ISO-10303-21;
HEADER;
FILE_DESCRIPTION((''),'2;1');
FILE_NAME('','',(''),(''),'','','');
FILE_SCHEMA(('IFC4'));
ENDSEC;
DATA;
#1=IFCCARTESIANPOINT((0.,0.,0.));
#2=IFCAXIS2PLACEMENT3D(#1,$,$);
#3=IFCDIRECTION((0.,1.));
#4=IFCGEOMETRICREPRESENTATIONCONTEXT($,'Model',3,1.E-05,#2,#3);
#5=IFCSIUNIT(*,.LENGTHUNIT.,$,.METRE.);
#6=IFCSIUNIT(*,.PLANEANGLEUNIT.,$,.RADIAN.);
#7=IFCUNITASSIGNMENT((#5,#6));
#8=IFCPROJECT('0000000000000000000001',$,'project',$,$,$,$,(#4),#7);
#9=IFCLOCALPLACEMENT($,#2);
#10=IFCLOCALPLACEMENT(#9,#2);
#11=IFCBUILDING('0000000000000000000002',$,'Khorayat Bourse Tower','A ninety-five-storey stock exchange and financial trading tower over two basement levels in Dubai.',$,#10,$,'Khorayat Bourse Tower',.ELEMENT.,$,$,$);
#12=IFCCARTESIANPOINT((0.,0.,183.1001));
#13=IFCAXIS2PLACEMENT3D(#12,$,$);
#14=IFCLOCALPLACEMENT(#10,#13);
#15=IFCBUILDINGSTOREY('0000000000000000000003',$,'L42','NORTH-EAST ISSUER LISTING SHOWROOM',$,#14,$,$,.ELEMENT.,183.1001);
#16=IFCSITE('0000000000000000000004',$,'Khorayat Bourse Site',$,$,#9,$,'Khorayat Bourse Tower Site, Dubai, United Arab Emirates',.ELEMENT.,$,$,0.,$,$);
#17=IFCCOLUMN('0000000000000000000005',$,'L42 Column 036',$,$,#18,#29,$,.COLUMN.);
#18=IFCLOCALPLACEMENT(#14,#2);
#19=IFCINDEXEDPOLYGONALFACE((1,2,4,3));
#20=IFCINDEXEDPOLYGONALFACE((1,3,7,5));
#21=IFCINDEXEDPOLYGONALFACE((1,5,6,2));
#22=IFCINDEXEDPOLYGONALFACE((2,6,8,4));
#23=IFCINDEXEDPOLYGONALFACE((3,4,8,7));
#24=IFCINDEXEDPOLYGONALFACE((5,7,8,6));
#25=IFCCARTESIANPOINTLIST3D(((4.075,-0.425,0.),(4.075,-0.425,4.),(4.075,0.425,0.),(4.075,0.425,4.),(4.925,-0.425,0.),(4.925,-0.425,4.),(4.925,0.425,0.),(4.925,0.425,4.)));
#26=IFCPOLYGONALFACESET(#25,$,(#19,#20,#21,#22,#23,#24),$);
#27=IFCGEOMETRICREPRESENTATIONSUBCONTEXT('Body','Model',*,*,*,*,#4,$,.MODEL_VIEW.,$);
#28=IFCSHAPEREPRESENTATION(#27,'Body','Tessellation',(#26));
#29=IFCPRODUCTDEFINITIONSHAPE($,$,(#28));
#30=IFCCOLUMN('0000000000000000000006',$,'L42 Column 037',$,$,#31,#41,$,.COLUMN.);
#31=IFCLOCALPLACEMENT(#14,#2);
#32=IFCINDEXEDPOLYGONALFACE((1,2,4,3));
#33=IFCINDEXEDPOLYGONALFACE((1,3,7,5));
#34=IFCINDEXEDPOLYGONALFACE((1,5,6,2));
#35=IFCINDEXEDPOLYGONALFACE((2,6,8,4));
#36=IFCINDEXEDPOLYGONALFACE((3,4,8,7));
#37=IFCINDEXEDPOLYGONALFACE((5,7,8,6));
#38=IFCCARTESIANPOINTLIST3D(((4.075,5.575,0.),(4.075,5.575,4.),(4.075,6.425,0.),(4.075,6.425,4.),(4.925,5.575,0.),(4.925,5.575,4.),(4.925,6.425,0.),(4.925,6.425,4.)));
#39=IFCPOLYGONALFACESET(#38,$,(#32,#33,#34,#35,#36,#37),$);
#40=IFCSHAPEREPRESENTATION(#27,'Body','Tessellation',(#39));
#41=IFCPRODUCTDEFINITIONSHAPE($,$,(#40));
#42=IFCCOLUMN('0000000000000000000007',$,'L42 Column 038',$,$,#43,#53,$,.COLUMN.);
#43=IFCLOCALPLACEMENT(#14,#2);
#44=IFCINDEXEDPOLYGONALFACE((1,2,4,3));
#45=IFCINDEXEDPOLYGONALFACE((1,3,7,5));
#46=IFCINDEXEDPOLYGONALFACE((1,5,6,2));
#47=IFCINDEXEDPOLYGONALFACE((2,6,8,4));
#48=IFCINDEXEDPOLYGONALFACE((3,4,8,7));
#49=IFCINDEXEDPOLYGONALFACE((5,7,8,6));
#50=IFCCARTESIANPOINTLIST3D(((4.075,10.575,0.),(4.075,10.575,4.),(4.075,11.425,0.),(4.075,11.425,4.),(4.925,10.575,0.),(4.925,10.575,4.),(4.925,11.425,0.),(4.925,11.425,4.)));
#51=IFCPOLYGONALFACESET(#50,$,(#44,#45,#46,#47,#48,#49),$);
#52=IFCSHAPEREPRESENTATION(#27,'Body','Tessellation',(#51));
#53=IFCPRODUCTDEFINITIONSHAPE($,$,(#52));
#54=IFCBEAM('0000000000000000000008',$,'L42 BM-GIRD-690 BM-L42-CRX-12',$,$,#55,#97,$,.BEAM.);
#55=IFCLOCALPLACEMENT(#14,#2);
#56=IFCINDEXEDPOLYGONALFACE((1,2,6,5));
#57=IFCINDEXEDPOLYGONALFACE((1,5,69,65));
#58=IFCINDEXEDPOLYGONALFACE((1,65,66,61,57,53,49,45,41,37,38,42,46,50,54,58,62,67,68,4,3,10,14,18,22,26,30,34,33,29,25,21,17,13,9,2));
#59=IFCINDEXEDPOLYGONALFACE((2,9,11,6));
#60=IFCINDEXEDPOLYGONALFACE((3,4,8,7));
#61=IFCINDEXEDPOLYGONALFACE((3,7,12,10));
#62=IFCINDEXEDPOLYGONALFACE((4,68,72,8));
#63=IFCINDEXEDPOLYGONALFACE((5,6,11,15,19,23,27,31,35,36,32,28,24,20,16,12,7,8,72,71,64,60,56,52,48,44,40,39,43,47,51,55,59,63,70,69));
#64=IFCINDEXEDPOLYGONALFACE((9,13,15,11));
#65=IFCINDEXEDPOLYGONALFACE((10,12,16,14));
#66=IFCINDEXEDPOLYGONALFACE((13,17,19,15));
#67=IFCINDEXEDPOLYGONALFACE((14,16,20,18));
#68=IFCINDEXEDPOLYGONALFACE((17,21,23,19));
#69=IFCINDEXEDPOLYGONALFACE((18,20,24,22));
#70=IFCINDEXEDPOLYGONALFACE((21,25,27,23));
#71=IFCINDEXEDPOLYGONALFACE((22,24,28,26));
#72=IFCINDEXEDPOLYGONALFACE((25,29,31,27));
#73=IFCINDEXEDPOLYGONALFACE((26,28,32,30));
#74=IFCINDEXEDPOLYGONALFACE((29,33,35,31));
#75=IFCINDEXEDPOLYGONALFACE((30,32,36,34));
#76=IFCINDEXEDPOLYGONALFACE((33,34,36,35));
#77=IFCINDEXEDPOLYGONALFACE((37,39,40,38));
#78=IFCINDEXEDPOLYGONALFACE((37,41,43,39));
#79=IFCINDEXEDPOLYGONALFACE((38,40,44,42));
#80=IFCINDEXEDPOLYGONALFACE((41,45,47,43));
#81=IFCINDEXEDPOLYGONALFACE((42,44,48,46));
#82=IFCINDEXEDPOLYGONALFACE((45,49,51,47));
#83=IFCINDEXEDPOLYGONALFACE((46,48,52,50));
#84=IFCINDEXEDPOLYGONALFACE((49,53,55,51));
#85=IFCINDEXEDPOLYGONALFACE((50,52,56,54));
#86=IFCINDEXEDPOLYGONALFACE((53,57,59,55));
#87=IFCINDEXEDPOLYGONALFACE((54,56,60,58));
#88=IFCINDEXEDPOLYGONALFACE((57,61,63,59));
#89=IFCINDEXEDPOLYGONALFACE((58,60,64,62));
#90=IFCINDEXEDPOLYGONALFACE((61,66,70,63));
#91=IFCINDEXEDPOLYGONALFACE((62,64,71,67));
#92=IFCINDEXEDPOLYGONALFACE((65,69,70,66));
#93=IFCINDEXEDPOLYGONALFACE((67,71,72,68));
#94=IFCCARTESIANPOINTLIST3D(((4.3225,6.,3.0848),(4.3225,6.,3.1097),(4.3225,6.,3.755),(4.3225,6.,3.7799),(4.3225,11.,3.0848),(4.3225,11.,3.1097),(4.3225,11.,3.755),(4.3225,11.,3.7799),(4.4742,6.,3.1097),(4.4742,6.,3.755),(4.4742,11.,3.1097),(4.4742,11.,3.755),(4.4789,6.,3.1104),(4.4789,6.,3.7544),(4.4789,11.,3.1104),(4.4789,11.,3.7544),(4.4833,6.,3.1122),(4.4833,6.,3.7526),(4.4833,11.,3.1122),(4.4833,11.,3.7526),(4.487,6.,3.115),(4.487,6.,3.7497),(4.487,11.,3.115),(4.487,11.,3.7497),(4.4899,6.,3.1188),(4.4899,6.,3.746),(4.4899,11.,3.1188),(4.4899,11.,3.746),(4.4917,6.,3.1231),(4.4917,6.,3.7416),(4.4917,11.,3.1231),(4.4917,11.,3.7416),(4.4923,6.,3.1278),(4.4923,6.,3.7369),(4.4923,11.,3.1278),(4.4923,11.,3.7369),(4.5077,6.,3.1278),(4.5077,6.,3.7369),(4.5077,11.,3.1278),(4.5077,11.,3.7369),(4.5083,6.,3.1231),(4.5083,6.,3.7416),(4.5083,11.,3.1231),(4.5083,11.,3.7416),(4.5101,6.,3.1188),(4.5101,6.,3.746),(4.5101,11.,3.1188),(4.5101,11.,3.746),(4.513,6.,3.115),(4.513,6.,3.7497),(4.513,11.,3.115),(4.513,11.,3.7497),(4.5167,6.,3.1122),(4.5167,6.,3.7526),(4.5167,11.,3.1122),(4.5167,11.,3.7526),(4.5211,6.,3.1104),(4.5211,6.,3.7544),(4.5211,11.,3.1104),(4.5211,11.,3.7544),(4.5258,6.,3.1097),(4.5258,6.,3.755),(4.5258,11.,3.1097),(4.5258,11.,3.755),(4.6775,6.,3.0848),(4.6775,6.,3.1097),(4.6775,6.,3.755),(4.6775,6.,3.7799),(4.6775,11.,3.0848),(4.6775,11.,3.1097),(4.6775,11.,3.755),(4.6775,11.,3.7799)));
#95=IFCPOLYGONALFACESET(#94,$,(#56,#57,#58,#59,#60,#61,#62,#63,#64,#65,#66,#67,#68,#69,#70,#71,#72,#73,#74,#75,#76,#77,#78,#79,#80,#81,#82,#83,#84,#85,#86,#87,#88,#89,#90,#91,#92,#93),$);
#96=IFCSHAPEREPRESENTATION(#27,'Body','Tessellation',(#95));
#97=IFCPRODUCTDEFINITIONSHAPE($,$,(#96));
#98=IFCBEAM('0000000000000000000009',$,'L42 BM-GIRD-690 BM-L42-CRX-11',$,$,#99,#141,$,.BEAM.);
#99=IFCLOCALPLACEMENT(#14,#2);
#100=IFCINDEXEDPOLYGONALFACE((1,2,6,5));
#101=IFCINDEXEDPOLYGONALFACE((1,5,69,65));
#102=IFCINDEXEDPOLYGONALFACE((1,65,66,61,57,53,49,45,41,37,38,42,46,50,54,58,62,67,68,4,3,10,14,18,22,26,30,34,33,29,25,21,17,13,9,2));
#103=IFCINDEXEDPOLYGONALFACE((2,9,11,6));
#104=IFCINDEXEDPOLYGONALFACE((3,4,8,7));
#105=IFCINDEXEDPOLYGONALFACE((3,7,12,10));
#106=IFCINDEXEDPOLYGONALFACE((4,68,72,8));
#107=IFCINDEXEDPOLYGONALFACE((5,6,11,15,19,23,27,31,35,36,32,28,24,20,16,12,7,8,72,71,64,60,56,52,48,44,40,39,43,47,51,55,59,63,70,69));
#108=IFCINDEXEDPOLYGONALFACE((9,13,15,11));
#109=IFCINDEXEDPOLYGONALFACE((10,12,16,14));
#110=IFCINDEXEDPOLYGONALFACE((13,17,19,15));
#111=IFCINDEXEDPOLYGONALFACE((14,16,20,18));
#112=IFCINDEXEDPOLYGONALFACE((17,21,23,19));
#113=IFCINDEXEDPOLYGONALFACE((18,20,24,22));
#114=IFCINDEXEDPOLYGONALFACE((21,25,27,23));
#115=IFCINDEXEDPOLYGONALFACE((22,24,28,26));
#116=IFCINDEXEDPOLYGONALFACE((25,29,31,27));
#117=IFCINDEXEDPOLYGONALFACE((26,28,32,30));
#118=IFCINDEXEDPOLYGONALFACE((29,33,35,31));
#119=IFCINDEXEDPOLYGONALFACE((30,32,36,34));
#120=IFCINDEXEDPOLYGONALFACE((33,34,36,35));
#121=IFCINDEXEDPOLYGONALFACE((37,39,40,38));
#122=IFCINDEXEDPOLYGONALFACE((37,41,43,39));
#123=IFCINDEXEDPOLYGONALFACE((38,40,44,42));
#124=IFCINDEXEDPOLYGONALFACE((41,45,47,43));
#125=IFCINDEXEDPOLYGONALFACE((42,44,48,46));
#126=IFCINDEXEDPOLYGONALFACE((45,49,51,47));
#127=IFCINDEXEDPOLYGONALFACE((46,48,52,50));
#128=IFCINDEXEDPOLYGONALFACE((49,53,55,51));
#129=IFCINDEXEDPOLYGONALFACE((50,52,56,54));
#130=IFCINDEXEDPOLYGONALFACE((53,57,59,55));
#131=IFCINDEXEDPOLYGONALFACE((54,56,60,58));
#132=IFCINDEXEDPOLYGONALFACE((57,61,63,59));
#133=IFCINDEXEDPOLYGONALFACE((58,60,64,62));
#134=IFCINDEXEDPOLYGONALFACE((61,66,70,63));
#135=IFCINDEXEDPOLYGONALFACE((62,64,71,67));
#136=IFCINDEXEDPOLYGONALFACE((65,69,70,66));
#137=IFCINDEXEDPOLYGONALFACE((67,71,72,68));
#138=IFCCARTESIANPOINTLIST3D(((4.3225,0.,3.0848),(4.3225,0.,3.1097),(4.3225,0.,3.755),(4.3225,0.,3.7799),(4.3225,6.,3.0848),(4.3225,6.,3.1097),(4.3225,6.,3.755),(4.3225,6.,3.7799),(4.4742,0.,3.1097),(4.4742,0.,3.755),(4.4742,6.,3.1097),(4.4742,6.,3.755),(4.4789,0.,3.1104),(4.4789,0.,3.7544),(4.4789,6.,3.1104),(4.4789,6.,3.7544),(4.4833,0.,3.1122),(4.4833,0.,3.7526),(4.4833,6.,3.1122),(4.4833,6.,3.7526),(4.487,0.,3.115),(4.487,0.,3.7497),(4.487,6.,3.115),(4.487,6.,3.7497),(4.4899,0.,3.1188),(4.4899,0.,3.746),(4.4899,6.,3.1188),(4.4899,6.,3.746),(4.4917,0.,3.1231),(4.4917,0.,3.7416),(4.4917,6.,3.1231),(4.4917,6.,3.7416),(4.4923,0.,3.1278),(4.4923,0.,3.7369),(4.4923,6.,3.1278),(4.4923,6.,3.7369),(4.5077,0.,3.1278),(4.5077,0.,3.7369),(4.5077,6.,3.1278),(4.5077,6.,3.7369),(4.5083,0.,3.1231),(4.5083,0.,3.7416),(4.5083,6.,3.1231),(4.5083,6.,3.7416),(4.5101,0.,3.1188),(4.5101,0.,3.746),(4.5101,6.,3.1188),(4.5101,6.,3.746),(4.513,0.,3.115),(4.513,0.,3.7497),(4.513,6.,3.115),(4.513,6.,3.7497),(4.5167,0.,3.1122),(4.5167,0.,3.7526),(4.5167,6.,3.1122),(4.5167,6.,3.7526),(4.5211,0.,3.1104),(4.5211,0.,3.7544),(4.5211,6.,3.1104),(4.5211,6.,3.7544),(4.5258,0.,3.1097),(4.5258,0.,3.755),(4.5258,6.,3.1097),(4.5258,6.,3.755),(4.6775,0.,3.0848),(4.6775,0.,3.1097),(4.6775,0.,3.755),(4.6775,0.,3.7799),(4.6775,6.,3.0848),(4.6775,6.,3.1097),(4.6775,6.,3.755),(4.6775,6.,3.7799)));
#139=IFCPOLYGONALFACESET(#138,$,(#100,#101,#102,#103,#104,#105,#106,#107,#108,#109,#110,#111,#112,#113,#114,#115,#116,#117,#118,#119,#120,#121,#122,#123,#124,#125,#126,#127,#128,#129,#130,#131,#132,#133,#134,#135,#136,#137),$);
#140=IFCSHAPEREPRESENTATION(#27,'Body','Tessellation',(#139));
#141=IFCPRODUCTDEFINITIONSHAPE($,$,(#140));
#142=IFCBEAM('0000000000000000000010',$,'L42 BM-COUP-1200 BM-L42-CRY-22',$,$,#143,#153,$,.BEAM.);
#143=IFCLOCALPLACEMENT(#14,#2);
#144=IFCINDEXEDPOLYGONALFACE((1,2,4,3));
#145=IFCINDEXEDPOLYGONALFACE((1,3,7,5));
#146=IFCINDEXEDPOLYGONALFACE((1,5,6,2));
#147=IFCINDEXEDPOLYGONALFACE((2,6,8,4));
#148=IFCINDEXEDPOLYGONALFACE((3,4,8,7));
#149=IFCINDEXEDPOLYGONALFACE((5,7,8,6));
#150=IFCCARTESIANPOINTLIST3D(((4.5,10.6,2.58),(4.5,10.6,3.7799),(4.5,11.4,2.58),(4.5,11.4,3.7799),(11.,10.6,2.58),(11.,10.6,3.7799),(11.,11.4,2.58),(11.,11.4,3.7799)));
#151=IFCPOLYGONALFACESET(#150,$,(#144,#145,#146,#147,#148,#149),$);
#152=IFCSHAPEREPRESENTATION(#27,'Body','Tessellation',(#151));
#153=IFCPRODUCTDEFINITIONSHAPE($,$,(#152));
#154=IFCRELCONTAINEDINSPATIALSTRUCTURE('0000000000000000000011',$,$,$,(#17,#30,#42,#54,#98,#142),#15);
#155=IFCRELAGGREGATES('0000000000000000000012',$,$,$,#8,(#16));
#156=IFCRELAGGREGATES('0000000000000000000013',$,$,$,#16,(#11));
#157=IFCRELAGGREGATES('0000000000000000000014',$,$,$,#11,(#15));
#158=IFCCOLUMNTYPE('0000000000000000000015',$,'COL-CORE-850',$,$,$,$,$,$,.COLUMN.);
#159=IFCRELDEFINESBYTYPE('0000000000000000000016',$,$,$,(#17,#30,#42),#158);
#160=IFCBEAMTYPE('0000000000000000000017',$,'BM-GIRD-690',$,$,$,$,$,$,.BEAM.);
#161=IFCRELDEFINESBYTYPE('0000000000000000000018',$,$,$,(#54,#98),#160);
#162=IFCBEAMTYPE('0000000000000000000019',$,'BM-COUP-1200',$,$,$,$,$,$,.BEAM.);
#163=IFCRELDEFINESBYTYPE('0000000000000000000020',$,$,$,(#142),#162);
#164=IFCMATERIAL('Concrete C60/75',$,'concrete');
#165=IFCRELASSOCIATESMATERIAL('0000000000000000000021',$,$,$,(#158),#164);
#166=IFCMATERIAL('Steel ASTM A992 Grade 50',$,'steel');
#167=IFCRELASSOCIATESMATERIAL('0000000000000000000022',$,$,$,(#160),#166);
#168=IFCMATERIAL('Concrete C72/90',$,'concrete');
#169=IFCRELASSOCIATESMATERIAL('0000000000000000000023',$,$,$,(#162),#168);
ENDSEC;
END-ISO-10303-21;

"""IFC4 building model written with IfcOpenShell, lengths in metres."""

from ifc_helpers import new_model, si_unit, direction, frame, origin, origin_2d, place, context, subcontext, project, spatial, rectangle, i_section, extrude, source, transform, mapped, material, material_profile, profile_set, type_object, element, save


model = new_model("IFC4")

# Units and contexts
model_context = context("Model", 3, precision=1e-05, world=origin(), true_north=direction((0.0, 1.0)))
body_context = subcontext(model_context, "Body", "Model", "MODEL_VIEW")
ifc_project = project(units=[si_unit("LENGTHUNIT", "METRE"), si_unit("PLANEANGLEUNIT", "RADIAN")], contexts=[model_context])

# Site, building, storey
site_placement = place(None, origin())
site = spatial("IfcSite", under=ifc_project, at=site_placement, Name="Khorayat Bourse Site", LongName="Khorayat Bourse Tower Site, Dubai, United Arab Emirates", CompositionType="ELEMENT", RefElevation=0.0)
building_placement = place(site_placement, origin())
building = spatial("IfcBuilding", under=site, at=building_placement, Name="Khorayat Bourse Tower", Description="A ninety-five-storey stock exchange and financial trading tower over two basement levels in Dubai.", LongName="Khorayat Bourse Tower", CompositionType="ELEMENT")
storey_placement = place(building_placement, frame((0.0, 0.0, 183.1001)))
storey = spatial("IfcBuildingStorey", under=building, at=storey_placement, Name="L42", Description="NORTH-EAST ISSUER LISTING SHOWROOM", CompositionType="ELEMENT", Elevation=183.1001)

# Columns
ifc_material_1 = material(Name="Concrete C60/75", Category="concrete")
ifc_material_profile_1 = material_profile(ifc_material_1, rectangle(XDim=0.8501, YDim=0.8501, at=origin_2d()), Name="RC 850x850")
ifc_profile_set_1 = profile_set([ifc_material_profile_1], Name="Concrete C60/75")
column_type = type_object("IfcColumnType", Name="COL-CORE-850", PredefinedType="COLUMN", material=ifc_profile_set_1)
shared_shape_1 = source(origin(), body_context, "Body", "SweptSolid", [
    extrude(rectangle(XDim=0.8501, YDim=0.8501, at=origin_2d()), origin(), (0.0, 0.0, 1.0), 4.0),
])
for number, where, z_axis, x_axis, name in (
    (1, (4.5, 0.0, 0.0), (0.0, 0.0, 1.0), (1.0, 0.0, 0.0), "L42 Column 036"),
    (2, (4.5, 6.0, 0.0), (0.0, 0.0, 1.0), (1.0, 0.0, 0.0), "L42 Column 037"),
    (3, (4.5, 11.0, 0.0), (0.0, 0.0, 1.0), (1.0, 0.0, 0.0), "L42 Column 038"),
):
    element("IfcColumn", number, at=place(storey_placement, frame(where, z_axis=z_axis, x_axis=x_axis)), inside=storey, type_object=column_type, Name=name, PredefinedType="COLUMN", context=body_context, shape_type="MappedRepresentation", body=[
        mapped(shared_shape_1, transform((0.0, 0.0, 0.0), scale=1.0)),
    ])

# Beams
ifc_material_2 = material(Name="Steel ASTM A992 Grade 50", Category="steel")
ifc_material_profile_2 = material_profile(ifc_material_2, i_section(OverallWidth=0.355, OverallDepth=0.6951, WebThickness=0.0154, FlangeThickness=0.0249, FilletRadius=0.0181, at=origin_2d()), Name="W690X217")
ifc_profile_set_2 = profile_set([ifc_material_profile_2], Name="Steel ASTM A992 Grade 50")
beam_type_1 = type_object("IfcBeamType", Name="BM-GIRD-690", PredefinedType="BEAM", material=ifc_profile_set_2)
shared_shape_2 = source(origin(), body_context, "Body", "SweptSolid", [
    extrude(i_section(OverallWidth=0.355, OverallDepth=0.6951, WebThickness=0.0154, FlangeThickness=0.0249, FilletRadius=0.0181, at=origin_2d()), origin(), (0.0, 0.0, 1.0), 5.0),
])
beam_1_placement = place(storey_placement, frame((4.5, 6.0, 3.4324), z_axis=(0.0, 1.0, 0.0), x_axis=(-1.0, 0.0, 0.0)))
element("IfcBeam", 4, at=beam_1_placement, inside=storey, type_object=beam_type_1, Name="L42 BM-GIRD-690 BM-L42-CRX-12", PredefinedType="BEAM", context=body_context, shape_type="MappedRepresentation", body=[
    mapped(shared_shape_2, transform((0.0, 0.0, 0.0), scale=1.0)),
])
shared_shape_3 = source(origin(), body_context, "Body", "SweptSolid", [
    extrude(i_section(OverallWidth=0.355, OverallDepth=0.6951, WebThickness=0.0154, FlangeThickness=0.0249, FilletRadius=0.0181, at=origin_2d()), origin(), (0.0, 0.0, 1.0), 6.0),
])
beam_2_placement = place(storey_placement, frame((4.5, 0.0, 3.4324), z_axis=(0.0, 1.0, 0.0), x_axis=(-1.0, 0.0, 0.0)))
element("IfcBeam", 5, at=beam_2_placement, inside=storey, type_object=beam_type_1, Name="L42 BM-GIRD-690 BM-L42-CRX-11", PredefinedType="BEAM", context=body_context, shape_type="MappedRepresentation", body=[
    mapped(shared_shape_3, transform((0.0, 0.0, 0.0), scale=1.0)),
])
ifc_material_3 = material(Name="Concrete C72/90", Category="concrete")
ifc_material_profile_3 = material_profile(ifc_material_3, rectangle(XDim=0.8, YDim=1.2, at=origin_2d()), Name="RC 800x1200")
ifc_profile_set_3 = profile_set([ifc_material_profile_3], Name="Concrete C72/90")
beam_type_2 = type_object("IfcBeamType", Name="BM-COUP-1200", PredefinedType="BEAM", material=ifc_profile_set_3)
shared_shape_4 = source(origin(), body_context, "Body", "SweptSolid", [
    extrude(rectangle(XDim=0.8, YDim=1.2, at=origin_2d()), origin(), (0.0, 0.0, 1.0), 6.5),
])
beam_3_placement = place(storey_placement, frame((4.5, 11.0, 3.1799), z_axis=(1.0, 0.0, 0.0), x_axis=(0.0, 1.0, 0.0)))
element("IfcBeam", 6, at=beam_3_placement, inside=storey, type_object=beam_type_2, Name="L42 BM-COUP-1200 BM-L42-CRY-22", PredefinedType="BEAM", context=body_context, shape_type="MappedRepresentation", body=[
    mapped(shared_shape_4, transform((0.0, 0.0, 0.0), scale=1.0)),
])

save(model, "model.ifc")
